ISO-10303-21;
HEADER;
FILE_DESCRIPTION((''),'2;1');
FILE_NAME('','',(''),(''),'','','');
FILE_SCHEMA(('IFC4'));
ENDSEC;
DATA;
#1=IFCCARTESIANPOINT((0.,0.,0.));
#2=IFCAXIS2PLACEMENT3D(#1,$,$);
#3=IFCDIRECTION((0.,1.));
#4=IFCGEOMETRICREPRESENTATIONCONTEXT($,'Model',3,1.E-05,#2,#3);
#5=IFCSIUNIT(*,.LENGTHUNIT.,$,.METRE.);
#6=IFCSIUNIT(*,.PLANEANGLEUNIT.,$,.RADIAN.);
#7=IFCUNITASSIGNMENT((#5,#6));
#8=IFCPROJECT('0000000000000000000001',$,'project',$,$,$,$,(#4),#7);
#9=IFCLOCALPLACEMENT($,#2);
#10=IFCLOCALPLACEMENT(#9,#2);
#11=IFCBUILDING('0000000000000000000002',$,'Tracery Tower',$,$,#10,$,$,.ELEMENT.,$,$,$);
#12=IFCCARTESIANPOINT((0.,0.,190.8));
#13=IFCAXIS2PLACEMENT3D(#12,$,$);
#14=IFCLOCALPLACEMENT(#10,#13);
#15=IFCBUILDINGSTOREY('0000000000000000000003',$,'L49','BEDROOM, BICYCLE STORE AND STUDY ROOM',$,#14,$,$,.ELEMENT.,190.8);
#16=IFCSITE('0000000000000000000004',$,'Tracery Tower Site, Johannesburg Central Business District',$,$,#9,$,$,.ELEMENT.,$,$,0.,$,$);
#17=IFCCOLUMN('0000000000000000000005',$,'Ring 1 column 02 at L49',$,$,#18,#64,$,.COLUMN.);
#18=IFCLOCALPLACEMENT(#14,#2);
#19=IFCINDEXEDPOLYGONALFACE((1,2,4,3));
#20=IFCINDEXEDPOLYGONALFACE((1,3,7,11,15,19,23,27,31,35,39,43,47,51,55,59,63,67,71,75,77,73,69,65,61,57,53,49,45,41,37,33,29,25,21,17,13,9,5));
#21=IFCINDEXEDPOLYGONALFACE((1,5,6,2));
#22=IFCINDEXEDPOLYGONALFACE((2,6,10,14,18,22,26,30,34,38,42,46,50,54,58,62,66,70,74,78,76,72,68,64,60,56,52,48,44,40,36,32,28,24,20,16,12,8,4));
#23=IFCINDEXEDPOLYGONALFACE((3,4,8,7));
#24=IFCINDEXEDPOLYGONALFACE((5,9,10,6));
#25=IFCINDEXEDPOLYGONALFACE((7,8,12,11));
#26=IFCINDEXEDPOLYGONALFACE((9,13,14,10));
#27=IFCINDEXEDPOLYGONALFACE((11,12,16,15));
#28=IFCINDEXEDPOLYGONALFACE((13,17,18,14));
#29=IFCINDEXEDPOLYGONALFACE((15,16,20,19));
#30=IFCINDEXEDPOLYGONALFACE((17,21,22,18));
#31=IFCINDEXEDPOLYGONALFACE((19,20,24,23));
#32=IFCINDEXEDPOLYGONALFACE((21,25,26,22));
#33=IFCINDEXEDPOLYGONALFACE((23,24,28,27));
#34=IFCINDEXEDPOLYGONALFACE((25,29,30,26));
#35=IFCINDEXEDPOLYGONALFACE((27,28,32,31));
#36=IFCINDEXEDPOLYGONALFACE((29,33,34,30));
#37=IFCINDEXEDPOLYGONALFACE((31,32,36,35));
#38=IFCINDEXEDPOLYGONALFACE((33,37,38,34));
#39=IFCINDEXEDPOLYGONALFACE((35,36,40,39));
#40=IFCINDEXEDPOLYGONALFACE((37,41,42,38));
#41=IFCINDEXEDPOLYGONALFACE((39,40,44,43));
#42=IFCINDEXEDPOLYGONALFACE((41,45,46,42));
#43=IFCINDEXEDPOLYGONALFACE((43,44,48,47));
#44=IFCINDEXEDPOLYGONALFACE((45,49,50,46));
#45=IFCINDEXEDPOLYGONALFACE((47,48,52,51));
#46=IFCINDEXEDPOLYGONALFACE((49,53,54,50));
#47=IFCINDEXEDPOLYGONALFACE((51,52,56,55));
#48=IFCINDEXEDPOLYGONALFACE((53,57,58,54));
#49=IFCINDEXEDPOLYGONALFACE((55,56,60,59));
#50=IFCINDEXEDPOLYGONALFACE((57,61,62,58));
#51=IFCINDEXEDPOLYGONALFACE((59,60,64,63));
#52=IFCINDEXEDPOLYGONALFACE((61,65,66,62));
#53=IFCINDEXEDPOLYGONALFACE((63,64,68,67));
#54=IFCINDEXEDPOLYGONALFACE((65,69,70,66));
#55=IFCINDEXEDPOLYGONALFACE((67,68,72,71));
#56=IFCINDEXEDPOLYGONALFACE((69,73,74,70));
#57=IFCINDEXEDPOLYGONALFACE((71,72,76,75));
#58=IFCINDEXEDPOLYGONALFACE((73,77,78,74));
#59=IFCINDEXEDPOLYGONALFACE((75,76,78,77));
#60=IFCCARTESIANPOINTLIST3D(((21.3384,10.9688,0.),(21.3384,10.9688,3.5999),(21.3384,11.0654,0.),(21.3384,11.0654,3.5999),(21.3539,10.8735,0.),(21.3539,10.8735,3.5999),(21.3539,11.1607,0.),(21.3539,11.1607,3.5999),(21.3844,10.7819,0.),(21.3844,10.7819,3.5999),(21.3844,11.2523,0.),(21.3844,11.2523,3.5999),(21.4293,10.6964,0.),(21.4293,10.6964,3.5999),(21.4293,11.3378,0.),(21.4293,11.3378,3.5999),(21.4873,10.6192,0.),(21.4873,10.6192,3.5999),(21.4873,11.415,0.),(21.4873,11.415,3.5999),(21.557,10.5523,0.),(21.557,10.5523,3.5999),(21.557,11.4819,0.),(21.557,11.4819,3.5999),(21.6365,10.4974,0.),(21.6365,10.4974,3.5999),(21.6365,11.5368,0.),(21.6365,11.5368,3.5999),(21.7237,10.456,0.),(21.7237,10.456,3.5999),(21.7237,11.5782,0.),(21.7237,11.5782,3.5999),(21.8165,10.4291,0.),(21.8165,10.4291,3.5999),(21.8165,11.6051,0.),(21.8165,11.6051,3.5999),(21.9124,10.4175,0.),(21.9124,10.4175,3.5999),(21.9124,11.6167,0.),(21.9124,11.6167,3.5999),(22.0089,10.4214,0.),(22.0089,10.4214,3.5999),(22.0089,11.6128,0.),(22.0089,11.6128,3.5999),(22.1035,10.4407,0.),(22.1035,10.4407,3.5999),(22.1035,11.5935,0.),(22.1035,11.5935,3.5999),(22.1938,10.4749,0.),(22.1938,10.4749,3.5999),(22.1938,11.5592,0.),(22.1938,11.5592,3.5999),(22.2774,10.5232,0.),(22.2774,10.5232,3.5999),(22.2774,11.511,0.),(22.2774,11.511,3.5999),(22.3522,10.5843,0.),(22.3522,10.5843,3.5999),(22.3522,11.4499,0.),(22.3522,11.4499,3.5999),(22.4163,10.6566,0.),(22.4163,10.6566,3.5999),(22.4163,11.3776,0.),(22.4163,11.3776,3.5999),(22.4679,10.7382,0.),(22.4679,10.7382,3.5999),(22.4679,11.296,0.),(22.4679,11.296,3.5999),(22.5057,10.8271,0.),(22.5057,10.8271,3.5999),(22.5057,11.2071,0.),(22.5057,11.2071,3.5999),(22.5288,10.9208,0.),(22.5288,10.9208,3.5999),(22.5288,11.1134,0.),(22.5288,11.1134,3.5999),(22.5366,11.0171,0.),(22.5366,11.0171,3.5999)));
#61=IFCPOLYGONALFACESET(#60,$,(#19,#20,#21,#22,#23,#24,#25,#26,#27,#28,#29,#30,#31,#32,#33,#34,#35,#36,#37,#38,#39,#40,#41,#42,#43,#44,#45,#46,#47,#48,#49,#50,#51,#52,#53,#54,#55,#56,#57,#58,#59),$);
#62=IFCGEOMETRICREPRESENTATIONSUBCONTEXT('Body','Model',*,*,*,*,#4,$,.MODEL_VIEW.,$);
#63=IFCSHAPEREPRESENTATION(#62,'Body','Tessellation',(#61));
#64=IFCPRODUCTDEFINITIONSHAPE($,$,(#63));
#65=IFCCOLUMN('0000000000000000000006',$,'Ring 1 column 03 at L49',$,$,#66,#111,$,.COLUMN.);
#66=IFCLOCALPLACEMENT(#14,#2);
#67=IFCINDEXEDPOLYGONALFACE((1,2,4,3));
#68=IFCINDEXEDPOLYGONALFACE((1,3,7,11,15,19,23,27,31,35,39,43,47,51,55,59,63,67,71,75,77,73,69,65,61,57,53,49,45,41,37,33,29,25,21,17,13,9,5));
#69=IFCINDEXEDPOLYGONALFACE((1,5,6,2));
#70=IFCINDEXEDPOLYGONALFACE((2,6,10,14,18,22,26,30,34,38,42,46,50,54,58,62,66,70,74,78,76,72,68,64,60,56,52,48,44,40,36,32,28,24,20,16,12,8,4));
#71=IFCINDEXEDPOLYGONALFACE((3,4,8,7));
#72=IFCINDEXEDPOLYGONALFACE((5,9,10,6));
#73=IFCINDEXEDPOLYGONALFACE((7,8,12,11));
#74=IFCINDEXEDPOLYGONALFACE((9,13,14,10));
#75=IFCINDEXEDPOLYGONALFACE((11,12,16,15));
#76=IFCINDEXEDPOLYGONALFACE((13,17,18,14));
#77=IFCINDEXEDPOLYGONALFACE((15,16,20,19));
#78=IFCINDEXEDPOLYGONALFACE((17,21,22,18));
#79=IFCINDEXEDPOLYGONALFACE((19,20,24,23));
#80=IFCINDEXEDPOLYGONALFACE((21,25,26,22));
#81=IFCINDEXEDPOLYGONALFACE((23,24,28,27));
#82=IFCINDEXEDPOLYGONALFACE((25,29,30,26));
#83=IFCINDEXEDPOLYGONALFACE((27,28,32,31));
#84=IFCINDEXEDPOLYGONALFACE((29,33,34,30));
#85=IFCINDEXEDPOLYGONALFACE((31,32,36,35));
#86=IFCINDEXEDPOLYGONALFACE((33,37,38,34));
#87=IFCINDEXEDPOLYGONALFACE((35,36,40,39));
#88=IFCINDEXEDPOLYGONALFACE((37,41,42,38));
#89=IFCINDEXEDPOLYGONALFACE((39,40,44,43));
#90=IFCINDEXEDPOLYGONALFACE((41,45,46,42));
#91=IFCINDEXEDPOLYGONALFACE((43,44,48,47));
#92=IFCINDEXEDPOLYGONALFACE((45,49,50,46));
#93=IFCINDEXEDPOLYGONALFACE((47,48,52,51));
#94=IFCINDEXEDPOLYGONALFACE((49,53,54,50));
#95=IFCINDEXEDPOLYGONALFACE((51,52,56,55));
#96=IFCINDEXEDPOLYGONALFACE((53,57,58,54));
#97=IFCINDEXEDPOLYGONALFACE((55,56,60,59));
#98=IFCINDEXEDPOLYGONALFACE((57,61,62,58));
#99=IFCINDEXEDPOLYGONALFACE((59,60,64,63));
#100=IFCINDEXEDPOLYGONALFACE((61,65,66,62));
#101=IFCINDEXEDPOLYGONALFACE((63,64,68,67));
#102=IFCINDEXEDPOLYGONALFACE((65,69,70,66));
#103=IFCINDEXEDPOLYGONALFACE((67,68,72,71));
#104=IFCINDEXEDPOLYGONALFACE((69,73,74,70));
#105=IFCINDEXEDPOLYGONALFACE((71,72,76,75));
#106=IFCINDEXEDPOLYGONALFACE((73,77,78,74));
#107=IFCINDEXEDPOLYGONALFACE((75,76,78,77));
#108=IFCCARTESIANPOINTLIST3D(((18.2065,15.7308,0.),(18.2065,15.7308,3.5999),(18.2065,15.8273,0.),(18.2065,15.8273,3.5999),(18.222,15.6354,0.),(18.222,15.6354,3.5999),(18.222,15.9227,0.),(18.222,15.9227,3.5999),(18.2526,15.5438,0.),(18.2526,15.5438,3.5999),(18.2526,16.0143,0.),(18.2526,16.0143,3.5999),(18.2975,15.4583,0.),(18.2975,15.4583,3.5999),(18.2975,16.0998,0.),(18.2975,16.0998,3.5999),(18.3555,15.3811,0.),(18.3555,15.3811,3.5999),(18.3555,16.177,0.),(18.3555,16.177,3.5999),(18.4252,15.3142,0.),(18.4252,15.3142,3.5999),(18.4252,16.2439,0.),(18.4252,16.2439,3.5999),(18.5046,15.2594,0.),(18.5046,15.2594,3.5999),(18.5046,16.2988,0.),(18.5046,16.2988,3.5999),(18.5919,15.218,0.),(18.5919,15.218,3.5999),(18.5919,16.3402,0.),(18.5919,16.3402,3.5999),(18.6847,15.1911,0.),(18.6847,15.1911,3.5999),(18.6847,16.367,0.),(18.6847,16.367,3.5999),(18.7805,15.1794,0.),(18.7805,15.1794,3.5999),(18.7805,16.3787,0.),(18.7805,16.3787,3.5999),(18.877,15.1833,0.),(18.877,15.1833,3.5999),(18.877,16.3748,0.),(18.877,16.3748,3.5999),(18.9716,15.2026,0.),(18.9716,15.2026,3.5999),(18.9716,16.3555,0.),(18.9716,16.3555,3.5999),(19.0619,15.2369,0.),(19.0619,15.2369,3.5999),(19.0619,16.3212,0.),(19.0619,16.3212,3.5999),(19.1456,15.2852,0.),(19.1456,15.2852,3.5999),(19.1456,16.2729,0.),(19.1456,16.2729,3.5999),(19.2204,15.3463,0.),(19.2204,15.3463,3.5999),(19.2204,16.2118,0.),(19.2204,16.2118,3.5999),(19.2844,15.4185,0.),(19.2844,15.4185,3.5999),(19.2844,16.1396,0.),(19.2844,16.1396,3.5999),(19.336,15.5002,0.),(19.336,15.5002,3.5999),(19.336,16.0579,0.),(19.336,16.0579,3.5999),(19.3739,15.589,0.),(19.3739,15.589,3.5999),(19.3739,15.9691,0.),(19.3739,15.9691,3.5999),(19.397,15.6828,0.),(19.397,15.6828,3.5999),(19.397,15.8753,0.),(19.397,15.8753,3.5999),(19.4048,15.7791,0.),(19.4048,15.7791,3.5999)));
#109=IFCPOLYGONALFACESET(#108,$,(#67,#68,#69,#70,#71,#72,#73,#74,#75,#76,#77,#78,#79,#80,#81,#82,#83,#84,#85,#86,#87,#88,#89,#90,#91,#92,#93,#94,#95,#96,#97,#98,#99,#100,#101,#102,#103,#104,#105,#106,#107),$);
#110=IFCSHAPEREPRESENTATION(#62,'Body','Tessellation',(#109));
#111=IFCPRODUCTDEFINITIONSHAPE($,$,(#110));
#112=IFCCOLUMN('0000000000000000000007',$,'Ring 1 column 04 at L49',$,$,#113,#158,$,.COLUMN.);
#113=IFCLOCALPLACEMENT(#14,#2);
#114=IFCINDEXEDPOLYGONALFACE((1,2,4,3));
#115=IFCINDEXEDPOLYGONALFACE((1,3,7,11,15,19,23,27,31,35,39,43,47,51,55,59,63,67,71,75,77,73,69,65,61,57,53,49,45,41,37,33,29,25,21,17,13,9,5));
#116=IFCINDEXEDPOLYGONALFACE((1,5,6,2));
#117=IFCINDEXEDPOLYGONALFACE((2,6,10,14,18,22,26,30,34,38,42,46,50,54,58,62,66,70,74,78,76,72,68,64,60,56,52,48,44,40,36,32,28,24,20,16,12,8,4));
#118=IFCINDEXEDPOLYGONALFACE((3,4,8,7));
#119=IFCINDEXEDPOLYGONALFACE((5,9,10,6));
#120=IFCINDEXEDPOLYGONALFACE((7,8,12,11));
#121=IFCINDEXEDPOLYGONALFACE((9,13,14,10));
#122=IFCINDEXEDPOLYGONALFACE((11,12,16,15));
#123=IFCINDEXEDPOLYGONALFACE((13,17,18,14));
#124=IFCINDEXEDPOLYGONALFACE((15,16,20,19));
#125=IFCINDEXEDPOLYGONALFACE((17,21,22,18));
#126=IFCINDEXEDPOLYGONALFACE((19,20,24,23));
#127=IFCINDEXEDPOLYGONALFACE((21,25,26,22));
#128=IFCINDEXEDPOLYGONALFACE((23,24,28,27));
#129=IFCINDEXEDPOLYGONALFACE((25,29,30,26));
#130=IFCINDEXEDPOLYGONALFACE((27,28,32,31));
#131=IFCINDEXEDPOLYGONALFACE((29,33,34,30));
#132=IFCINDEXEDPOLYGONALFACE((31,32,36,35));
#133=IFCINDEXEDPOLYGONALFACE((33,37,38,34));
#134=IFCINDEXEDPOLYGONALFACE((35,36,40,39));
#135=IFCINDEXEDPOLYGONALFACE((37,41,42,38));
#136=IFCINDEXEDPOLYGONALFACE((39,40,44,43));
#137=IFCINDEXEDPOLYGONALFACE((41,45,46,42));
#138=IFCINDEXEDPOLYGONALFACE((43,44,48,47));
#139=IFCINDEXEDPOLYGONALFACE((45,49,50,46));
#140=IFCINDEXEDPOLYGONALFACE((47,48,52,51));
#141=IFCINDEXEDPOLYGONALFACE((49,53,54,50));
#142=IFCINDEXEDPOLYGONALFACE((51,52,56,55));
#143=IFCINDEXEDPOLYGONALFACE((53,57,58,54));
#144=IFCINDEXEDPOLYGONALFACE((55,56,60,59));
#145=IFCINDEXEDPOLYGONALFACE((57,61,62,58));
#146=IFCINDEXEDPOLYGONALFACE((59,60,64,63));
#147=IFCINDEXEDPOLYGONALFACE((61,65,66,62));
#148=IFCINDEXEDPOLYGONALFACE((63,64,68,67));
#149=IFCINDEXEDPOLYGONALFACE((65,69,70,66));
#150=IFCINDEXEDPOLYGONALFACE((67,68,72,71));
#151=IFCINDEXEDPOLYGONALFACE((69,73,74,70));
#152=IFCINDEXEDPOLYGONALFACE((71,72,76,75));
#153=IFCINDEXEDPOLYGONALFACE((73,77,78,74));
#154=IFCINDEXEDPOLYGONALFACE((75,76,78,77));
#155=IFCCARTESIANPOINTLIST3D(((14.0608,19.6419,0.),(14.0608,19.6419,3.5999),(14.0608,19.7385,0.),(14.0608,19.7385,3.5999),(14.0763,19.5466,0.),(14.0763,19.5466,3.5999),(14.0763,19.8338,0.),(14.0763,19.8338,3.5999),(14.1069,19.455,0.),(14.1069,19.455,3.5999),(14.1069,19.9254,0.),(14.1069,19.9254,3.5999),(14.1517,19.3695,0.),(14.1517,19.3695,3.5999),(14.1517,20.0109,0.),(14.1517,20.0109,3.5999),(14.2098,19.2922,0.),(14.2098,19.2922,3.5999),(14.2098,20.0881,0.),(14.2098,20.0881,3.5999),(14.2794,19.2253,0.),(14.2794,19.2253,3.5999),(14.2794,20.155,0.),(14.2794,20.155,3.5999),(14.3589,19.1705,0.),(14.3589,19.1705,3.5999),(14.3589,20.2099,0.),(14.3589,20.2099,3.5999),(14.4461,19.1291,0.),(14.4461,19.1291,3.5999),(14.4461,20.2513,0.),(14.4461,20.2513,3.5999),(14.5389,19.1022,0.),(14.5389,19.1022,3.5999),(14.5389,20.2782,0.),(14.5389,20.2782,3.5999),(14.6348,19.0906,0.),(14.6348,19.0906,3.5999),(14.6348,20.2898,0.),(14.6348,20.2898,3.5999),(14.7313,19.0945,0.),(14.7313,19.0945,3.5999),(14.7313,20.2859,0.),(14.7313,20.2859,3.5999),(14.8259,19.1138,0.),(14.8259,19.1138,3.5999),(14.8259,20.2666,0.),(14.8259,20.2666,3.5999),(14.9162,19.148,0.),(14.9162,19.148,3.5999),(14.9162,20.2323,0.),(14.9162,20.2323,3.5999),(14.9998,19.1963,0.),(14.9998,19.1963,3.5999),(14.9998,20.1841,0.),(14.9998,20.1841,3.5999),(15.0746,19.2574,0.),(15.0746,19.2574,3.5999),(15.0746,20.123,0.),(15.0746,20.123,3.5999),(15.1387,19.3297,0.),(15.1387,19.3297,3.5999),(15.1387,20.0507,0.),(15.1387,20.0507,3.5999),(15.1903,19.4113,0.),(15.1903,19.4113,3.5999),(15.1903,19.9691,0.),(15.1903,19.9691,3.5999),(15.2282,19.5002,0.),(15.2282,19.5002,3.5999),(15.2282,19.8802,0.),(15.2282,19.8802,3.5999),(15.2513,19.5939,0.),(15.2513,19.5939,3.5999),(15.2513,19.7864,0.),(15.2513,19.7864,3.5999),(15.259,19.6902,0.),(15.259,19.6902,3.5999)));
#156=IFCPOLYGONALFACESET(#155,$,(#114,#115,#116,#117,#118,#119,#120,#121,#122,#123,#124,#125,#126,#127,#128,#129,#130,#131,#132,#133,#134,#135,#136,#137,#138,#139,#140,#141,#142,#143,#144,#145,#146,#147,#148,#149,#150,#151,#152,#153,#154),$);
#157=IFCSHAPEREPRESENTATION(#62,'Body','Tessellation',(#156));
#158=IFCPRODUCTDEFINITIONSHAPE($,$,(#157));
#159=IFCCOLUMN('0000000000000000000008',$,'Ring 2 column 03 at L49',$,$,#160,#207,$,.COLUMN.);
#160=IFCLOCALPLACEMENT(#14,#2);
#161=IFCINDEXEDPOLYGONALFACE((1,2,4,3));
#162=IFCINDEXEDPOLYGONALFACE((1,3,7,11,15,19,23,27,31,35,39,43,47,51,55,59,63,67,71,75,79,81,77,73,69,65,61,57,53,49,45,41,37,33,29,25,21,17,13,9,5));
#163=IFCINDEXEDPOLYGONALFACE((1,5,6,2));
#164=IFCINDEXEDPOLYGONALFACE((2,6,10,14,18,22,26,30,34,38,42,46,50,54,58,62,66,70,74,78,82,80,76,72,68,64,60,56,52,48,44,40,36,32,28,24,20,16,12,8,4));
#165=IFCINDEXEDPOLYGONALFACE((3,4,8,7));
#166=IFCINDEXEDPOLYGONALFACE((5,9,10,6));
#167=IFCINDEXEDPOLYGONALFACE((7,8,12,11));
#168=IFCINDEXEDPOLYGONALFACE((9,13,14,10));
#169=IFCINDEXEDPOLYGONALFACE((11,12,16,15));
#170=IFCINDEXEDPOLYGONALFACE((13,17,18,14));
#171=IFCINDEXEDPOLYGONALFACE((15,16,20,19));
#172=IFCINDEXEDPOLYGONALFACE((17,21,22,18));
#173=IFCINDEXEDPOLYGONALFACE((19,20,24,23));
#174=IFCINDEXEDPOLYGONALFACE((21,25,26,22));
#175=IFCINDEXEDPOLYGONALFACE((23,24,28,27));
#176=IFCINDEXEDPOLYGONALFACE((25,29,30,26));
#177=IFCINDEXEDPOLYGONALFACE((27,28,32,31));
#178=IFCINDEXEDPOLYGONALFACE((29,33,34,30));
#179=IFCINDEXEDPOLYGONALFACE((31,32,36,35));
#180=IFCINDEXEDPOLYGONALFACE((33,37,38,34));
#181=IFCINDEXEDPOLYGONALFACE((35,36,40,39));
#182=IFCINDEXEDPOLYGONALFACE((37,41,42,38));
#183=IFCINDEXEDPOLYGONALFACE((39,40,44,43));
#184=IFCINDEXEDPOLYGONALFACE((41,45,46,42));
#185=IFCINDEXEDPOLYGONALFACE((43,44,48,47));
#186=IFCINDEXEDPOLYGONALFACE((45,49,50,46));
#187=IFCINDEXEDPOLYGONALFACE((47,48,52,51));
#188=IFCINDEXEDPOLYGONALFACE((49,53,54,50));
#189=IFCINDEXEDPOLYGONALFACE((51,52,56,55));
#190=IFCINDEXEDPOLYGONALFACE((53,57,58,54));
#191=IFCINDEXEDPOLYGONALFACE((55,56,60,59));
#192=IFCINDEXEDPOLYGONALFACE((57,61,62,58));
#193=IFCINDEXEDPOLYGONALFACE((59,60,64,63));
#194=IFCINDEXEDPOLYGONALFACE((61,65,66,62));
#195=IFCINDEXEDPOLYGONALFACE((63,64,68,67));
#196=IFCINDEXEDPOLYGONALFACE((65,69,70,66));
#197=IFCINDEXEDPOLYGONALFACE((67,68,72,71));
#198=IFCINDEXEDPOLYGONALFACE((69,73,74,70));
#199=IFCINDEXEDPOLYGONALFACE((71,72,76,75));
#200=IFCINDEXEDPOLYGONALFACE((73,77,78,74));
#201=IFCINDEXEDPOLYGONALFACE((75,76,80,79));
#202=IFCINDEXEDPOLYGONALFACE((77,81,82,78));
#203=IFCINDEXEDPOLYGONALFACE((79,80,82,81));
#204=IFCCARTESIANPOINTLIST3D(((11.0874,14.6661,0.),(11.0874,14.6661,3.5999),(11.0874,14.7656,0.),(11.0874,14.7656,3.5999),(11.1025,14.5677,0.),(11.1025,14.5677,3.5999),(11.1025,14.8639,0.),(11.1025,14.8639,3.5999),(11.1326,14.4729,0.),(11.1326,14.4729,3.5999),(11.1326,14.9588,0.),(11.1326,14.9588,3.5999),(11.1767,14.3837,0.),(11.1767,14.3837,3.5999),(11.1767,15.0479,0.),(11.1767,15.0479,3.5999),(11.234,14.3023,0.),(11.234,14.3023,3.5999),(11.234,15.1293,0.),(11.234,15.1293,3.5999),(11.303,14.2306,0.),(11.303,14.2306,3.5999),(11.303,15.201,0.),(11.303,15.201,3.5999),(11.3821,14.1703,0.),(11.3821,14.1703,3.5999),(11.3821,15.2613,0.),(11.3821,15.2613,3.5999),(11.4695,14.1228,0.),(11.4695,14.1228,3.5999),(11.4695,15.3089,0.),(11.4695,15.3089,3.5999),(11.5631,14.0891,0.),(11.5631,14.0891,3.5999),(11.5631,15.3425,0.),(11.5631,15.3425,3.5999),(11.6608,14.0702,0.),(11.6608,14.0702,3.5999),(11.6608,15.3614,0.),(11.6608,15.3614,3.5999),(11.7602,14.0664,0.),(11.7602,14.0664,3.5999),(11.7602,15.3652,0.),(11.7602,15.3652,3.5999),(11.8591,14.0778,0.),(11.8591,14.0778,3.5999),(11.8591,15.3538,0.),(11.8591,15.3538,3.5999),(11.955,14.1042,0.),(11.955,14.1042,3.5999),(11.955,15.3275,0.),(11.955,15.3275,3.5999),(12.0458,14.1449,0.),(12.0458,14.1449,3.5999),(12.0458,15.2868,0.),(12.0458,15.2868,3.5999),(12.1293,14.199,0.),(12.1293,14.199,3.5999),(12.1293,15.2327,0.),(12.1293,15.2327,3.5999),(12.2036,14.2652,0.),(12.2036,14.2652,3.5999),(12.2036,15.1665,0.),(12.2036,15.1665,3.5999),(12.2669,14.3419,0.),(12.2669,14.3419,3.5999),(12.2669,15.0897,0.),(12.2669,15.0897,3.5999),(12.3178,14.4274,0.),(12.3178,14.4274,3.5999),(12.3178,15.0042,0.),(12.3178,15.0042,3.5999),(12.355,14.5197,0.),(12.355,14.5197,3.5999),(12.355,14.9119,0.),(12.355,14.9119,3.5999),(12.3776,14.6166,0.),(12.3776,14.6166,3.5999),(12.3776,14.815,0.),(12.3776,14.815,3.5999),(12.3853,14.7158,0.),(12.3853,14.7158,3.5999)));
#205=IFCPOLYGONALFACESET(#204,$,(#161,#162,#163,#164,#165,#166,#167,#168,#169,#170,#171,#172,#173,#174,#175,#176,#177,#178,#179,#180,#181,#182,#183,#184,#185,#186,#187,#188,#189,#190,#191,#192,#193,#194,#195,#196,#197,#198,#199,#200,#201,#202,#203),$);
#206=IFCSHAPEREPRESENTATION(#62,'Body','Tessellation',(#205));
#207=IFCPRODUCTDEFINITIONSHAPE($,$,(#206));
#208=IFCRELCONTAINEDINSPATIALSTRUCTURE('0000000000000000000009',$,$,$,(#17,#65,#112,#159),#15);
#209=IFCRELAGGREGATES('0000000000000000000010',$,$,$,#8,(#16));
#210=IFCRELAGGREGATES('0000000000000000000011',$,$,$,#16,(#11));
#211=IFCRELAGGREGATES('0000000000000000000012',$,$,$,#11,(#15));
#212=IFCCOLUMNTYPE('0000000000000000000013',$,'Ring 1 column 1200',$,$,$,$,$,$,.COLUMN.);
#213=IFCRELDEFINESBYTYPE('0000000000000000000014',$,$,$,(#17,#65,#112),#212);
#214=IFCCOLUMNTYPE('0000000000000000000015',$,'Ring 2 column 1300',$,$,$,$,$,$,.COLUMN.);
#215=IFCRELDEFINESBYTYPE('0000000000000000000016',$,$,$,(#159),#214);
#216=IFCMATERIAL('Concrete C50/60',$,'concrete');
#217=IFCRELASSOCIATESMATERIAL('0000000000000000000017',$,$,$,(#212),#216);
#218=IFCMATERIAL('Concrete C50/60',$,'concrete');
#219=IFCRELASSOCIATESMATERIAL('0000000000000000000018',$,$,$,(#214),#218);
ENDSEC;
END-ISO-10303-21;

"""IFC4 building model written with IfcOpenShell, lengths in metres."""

from ifc_helpers import new_model, si_unit, direction, frame, origin, origin_2d, place, context, subcontext, project, spatial, circle, extrude, material, material_profile, profile_set, type_object, element, save


model = new_model("IFC4")

# Units and contexts
model_context = context("Model", 3, precision=1e-05, world=origin(), true_north=direction((0.0, 1.0)))
body_context = subcontext(model_context, "Body", "Model", "MODEL_VIEW")
ifc_project = project(units=[si_unit("LENGTHUNIT", "METRE"), si_unit("PLANEANGLEUNIT", "RADIAN")], contexts=[model_context])

# Site, building, storey
site_placement = place(None, origin())
site = spatial("IfcSite", under=ifc_project, at=site_placement, Name="Tracery Tower Site, Johannesburg Central Business District", CompositionType="ELEMENT", RefElevation=0.0)
building_placement = place(site_placement, origin())
building = spatial("IfcBuilding", under=site, at=building_placement, Name="Tracery Tower", CompositionType="ELEMENT")
storey_placement = place(building_placement, frame((0.0, 0.0, 190.8)))
storey = spatial("IfcBuildingStorey", under=building, at=storey_placement, Name="L49", Description="BEDROOM, BICYCLE STORE AND STUDY ROOM", CompositionType="ELEMENT", Elevation=190.8)

# Columns
ifc_material_1 = material(Name="Concrete C50/60", Category="concrete")
ifc_material_profile_1 = material_profile(ifc_material_1, circle(Radius=0.6001, at=origin_2d()), Name="RC D1200")
ifc_profile_set_1 = profile_set([ifc_material_profile_1], Name="Concrete C50/60")
column_type_1 = type_object("IfcColumnType", Name="Ring 1 column 1200", PredefinedType="COLUMN", material=ifc_profile_set_1)
for number, where, z_axis, x_axis, name in (
    (1, (21.9365, 11.0171, 0.0), (0.0, 0.0, 1.0), (1.0, 0.0, 0.0), "Ring 1 column 02 at L49"),
    (2, (18.8047, 15.7791, 0.0), (0.0, 0.0, 1.0), (1.0, 0.0, 0.0), "Ring 1 column 03 at L49"),
    (3, (14.6589, 19.6902, 0.0), (0.0, 0.0, 1.0), (1.0, 0.0, 0.0), "Ring 1 column 04 at L49"),
):
    element("IfcColumn", number, at=place(storey_placement, frame(where, z_axis=z_axis, x_axis=x_axis)), inside=storey, type_object=column_type_1, Name=name, PredefinedType="COLUMN", context=body_context, shape_type="SweptSolid", body=[
        extrude(circle(Radius=0.6001, at=origin_2d()), origin(), (0.0, 0.0, 1.0), 3.5999),
    ])
ifc_material_2 = material(Name="Concrete C50/60", Category="concrete")
ifc_material_profile_2 = material_profile(ifc_material_2, circle(Radius=0.6499, at=origin_2d()), Name="RC D1300")
ifc_profile_set_2 = profile_set([ifc_material_profile_2], Name="Concrete C50/60")
column_type_2 = type_object("IfcColumnType", Name="Ring 2 column 1300", PredefinedType="COLUMN", material=ifc_profile_set_2)
column_placement = place(storey_placement, frame((11.7354, 14.7158, 0.0), z_axis=(0.0, 0.0, 1.0), x_axis=(1.0, 0.0, 0.0)))
element("IfcColumn", 4, at=column_placement, inside=storey, type_object=column_type_2, Name="Ring 2 column 03 at L49", PredefinedType="COLUMN", context=body_context, shape_type="SweptSolid", body=[
    extrude(circle(Radius=0.6499, at=origin_2d()), origin(), (0.0, 0.0, 1.0), 3.5999),
])

save(model, "model.ifc")
